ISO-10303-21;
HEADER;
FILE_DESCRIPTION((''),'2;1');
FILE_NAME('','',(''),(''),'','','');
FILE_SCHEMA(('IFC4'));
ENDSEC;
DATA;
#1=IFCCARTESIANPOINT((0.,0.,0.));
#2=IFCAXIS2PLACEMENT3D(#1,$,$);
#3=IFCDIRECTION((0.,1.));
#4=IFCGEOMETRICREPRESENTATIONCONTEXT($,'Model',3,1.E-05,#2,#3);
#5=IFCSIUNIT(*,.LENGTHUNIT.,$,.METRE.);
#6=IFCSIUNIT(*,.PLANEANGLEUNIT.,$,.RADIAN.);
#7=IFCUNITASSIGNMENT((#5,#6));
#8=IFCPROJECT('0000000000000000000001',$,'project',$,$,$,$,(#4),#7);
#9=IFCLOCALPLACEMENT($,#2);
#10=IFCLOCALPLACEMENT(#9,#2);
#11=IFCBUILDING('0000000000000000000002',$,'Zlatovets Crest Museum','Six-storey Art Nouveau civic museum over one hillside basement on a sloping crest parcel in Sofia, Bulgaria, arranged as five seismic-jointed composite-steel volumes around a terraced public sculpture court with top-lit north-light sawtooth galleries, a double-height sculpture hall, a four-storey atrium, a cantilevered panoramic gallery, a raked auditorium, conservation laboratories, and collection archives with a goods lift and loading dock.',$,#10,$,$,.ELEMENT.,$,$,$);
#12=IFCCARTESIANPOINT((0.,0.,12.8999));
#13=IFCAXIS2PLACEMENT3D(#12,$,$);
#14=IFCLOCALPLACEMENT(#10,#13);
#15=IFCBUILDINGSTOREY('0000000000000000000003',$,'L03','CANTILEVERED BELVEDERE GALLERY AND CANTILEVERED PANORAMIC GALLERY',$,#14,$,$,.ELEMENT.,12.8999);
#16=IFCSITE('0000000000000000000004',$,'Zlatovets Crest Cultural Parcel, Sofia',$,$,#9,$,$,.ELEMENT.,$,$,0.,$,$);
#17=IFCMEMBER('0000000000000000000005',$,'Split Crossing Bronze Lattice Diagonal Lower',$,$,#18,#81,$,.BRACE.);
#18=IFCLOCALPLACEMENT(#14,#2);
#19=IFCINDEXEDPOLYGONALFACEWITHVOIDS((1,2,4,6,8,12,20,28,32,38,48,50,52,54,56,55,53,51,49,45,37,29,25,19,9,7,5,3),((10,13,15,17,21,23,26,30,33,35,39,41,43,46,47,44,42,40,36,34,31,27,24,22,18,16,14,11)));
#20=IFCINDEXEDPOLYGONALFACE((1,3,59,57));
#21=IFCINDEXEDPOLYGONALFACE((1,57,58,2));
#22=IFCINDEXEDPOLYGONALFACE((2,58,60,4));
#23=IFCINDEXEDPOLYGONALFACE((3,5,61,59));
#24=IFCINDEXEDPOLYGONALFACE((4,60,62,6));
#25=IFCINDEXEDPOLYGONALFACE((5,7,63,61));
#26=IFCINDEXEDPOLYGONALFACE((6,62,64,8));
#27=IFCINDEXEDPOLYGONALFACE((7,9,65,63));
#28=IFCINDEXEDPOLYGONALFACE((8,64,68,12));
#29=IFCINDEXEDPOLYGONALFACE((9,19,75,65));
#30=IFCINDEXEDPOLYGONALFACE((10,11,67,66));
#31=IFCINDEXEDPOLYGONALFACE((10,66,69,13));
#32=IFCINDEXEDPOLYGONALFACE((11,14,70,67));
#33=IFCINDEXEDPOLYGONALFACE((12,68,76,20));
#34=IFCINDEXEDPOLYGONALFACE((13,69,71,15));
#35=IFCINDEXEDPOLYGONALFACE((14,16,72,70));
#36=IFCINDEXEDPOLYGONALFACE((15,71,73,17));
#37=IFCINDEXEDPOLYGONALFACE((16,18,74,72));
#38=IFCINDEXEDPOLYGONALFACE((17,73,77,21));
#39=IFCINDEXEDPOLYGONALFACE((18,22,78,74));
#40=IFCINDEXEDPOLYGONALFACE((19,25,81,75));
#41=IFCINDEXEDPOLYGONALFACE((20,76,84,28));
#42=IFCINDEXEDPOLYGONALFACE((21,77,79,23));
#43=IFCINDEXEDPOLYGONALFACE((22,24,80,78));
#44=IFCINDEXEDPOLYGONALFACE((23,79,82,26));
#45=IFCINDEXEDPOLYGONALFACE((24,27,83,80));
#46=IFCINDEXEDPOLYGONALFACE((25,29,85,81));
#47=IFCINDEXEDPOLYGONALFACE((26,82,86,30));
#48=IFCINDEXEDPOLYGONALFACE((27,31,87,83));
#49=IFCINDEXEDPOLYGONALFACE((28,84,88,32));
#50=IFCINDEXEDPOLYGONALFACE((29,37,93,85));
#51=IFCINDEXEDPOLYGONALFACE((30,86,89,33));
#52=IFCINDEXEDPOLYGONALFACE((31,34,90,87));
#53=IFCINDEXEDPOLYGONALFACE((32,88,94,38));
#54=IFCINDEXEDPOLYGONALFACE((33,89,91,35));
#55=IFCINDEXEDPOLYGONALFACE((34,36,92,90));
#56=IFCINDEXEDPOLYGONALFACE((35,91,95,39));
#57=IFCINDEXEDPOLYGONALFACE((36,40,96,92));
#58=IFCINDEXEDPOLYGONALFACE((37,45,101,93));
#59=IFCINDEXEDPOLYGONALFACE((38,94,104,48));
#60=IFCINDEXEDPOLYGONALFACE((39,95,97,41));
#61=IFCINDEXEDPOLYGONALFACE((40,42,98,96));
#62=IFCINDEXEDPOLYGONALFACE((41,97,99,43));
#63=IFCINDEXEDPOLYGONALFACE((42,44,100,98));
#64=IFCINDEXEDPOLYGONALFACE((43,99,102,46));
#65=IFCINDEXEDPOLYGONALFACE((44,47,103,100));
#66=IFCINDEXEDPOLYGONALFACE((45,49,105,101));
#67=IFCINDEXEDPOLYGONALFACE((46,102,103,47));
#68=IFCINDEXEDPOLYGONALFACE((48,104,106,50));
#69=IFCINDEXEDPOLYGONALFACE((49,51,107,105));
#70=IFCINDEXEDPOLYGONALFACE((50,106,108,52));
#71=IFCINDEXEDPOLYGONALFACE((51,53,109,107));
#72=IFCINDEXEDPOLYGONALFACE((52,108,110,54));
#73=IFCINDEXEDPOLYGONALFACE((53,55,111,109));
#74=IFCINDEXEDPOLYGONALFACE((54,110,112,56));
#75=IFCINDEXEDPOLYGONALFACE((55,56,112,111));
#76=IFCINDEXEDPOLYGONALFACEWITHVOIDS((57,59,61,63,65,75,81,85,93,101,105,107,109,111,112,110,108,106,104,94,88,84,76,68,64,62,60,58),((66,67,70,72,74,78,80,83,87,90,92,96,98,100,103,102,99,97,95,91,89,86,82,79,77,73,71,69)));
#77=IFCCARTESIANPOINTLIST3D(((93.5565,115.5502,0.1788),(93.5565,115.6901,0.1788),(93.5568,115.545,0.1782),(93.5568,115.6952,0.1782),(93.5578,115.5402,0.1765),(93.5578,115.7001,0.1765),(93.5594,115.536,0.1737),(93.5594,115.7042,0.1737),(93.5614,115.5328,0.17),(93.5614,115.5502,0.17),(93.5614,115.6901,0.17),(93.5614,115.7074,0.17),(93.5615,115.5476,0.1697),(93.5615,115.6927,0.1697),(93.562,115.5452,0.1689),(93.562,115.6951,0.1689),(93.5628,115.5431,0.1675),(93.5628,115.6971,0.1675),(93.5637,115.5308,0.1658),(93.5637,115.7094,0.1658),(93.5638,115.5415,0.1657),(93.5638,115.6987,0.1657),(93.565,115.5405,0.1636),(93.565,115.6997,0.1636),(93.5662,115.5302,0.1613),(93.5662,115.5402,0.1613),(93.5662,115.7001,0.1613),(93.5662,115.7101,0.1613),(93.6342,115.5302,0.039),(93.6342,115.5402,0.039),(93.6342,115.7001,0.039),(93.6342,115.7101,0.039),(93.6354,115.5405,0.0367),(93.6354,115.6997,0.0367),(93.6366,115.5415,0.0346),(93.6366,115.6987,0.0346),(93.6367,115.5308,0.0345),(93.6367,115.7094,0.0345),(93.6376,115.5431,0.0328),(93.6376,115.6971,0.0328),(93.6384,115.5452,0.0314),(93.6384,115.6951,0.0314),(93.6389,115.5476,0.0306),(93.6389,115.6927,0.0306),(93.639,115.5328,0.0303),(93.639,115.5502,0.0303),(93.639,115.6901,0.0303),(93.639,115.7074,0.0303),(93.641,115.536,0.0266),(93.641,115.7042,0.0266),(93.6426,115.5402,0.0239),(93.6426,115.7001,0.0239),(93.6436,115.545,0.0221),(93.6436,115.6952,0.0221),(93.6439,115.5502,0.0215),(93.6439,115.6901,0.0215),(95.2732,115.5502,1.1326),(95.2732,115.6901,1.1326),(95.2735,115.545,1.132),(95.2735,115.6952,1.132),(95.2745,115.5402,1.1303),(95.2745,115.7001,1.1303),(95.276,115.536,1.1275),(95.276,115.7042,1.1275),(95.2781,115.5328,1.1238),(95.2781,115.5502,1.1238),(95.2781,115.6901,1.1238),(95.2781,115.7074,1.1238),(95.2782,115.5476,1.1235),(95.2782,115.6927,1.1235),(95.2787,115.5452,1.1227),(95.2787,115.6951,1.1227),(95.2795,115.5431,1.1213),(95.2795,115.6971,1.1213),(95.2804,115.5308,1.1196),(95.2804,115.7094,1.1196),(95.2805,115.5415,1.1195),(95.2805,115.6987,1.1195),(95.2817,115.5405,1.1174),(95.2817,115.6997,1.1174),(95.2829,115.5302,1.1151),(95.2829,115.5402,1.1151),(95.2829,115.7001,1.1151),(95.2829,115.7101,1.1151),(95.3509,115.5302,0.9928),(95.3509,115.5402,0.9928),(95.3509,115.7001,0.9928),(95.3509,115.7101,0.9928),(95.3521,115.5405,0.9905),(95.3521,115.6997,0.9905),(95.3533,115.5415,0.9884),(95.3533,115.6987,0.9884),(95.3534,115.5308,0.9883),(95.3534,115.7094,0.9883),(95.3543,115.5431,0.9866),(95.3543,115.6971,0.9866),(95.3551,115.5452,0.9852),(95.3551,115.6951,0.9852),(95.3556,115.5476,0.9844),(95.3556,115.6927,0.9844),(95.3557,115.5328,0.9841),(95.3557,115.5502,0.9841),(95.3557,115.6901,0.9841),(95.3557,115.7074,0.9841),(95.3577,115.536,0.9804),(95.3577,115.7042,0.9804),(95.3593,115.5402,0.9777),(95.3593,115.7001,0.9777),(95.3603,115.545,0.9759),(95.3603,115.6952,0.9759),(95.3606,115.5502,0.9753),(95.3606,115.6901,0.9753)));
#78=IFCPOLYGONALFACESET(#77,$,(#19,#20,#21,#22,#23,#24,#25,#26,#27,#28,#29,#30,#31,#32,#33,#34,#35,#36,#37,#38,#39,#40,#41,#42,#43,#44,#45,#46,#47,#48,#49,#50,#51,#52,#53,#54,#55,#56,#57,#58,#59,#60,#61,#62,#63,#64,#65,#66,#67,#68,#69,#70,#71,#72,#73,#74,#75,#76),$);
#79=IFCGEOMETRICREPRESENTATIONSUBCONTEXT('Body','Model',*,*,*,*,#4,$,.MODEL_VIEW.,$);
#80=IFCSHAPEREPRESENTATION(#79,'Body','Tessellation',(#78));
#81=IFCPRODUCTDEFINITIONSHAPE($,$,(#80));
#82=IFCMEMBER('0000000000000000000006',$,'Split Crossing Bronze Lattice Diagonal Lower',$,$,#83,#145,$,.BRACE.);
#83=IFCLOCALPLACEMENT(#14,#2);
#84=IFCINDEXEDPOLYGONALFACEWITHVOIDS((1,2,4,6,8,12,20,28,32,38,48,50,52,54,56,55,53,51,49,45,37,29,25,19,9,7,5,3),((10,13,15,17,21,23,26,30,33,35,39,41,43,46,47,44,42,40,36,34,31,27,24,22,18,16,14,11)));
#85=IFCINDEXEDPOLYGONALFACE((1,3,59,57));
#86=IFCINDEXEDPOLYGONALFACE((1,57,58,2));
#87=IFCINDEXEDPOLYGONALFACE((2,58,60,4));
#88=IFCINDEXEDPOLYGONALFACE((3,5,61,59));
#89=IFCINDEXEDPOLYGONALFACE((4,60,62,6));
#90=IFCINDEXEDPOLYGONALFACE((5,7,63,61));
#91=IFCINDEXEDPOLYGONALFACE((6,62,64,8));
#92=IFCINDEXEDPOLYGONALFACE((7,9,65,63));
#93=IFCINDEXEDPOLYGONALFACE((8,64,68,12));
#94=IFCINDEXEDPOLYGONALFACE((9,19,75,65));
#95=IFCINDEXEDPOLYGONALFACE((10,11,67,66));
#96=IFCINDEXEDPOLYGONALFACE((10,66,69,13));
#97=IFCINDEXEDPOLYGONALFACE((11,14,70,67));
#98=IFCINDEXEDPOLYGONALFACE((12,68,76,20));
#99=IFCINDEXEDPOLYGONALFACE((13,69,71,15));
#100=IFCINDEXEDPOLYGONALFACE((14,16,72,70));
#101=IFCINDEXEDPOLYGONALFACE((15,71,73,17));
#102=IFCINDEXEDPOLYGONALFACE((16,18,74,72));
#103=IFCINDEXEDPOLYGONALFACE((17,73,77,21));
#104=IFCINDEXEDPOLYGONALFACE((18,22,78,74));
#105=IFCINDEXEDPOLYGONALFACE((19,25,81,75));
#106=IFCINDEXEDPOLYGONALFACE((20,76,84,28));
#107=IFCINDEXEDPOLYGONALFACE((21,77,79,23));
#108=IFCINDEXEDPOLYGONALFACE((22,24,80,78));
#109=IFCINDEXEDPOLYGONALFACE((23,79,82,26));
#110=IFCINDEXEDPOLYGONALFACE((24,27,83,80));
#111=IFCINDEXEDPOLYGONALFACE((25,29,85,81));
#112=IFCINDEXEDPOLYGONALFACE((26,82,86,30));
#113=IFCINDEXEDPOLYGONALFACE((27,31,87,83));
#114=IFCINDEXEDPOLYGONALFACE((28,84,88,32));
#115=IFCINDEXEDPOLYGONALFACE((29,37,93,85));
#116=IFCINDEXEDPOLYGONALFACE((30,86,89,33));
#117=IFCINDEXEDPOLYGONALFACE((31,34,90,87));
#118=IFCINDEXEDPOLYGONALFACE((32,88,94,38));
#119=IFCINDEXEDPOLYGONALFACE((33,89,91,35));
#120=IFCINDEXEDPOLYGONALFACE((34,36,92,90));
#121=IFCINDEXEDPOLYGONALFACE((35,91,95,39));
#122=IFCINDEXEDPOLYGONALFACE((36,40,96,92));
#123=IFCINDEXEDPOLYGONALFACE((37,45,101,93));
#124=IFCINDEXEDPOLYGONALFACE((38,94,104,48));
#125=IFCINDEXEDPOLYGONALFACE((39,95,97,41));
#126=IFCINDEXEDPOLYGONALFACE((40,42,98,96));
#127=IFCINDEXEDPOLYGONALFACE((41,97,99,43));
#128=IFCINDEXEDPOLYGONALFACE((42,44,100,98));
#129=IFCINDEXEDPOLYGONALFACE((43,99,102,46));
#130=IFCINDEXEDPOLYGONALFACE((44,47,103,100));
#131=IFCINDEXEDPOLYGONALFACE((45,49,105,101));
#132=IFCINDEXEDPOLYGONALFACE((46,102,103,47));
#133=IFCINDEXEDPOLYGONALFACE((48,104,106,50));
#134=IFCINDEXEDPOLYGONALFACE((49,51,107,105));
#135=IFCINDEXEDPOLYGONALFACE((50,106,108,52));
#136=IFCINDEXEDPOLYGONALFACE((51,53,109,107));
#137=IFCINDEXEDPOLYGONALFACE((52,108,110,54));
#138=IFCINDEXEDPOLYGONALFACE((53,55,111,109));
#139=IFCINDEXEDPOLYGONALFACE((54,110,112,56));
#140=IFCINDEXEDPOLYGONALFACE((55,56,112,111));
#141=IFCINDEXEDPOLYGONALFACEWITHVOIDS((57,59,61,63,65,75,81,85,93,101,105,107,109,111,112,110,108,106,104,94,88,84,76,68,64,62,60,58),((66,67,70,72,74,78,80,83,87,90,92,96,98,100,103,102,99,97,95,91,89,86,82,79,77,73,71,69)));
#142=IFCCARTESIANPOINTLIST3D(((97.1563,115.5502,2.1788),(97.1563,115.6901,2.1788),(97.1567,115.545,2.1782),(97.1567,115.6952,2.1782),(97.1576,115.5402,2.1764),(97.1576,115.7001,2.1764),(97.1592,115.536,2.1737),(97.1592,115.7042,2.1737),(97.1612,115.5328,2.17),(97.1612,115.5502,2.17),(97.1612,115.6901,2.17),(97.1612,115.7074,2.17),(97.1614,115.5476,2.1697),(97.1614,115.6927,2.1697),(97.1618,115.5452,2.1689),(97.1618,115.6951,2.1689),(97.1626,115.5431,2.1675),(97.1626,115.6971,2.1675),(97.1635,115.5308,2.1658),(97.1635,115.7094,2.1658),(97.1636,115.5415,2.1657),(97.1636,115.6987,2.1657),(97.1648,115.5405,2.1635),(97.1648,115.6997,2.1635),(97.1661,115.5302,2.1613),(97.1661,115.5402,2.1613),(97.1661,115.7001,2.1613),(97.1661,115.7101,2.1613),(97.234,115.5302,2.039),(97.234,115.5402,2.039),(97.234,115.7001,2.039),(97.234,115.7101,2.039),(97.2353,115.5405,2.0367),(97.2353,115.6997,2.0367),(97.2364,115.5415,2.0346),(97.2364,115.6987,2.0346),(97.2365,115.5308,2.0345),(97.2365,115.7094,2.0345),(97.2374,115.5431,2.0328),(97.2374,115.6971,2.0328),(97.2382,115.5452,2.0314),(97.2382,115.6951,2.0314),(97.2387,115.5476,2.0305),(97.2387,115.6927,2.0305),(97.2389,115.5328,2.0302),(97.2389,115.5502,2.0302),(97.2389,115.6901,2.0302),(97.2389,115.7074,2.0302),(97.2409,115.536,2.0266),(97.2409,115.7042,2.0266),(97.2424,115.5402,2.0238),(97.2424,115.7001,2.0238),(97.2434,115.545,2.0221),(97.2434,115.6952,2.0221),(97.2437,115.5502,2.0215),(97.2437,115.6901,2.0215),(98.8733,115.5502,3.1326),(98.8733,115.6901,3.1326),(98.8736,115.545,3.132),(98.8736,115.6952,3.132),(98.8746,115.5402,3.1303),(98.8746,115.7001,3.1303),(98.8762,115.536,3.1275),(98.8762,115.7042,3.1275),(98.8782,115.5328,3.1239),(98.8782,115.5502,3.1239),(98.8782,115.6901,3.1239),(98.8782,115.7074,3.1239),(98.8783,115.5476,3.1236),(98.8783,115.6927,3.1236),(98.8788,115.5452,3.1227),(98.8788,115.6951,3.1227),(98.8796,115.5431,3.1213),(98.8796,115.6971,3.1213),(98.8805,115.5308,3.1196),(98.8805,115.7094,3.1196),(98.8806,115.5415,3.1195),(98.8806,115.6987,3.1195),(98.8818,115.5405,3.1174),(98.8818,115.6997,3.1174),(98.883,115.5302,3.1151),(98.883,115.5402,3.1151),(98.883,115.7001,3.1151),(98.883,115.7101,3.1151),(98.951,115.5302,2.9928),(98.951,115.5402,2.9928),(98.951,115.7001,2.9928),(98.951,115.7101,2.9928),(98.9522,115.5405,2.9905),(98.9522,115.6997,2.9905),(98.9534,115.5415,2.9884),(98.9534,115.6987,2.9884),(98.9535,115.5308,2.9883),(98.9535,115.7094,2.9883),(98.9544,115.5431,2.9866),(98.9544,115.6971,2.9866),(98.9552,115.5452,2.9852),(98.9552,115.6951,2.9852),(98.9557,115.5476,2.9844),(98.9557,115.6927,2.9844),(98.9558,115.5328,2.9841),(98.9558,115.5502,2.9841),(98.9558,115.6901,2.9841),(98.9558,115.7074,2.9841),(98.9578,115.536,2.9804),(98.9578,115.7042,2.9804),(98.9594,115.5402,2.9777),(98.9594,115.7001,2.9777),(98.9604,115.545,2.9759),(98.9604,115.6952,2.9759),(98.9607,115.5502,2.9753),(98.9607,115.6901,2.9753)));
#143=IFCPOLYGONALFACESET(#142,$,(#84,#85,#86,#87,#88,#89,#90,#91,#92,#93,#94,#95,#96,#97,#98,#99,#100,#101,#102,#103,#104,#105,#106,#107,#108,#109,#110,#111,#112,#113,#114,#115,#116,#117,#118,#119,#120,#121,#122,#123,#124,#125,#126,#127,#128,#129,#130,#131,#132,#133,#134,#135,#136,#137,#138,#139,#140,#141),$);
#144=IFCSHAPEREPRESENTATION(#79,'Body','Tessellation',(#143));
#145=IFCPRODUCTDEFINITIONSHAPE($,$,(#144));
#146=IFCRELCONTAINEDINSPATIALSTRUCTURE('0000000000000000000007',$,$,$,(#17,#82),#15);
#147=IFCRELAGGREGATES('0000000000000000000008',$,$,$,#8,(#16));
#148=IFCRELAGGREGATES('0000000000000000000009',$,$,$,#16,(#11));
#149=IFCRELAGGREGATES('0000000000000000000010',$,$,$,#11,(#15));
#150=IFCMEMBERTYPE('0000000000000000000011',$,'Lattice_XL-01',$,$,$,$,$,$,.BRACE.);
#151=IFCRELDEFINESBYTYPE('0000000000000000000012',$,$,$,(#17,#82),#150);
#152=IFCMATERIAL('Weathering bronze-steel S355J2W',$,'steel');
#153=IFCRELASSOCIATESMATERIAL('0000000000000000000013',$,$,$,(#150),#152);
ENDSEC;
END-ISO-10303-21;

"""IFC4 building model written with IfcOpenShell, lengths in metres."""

from ifc_helpers import new_model, si_unit, direction, frame, origin, origin_2d, place, context, subcontext, project, spatial, hollow_rectangle, extrude, material, material_profile, profile_set, type_object, element, save


model = new_model("IFC4")

# Units and contexts
model_context = context("Model", 3, precision=1e-05, world=origin(), true_north=direction((0.0, 1.0)))
body_context = subcontext(model_context, "Body", "Model", "MODEL_VIEW")
ifc_project = project(units=[si_unit("LENGTHUNIT", "METRE"), si_unit("PLANEANGLEUNIT", "RADIAN")], contexts=[model_context])

# Site, building, storey
site_placement = place(None, origin())
site = spatial("IfcSite", under=ifc_project, at=site_placement, Name="Zlatovets Crest Cultural Parcel, Sofia", CompositionType="ELEMENT", RefElevation=0.0)
building_placement = place(site_placement, origin())
building = spatial("IfcBuilding", under=site, at=building_placement, Name="Zlatovets Crest Museum", Description="Six-storey Art Nouveau civic museum over one hillside basement on a sloping crest parcel in Sofia, Bulgaria, arranged as five seismic-jointed composite-steel volumes around a terraced public sculpture court with top-lit north-light sawtooth galleries, a double-height sculpture hall, a four-storey atrium, a cantilevered panoramic gallery, a raked auditorium, conservation laboratories, and collection archives with a goods lift and loading dock.", CompositionType="ELEMENT")
storey_placement = place(building_placement, frame((0.0, 0.0, 12.8999)))
storey = spatial("IfcBuildingStorey", under=building, at=storey_placement, Name="L03", Description="CANTILEVERED BELVEDERE GALLERY AND CANTILEVERED PANORAMIC GALLERY", CompositionType="ELEMENT", Elevation=12.8999)

# Members
ifc_material_1 = material(Name="Weathering bronze-steel S355J2W", Category="steel")
ifc_material_profile_1 = material_profile(ifc_material_1, hollow_rectangle(XDim=0.1799, YDim=0.1799, WallThickness=0.01, InnerFilletRadius=0.01, OuterFilletRadius=0.02, at=origin_2d()), Name="SHS 180x180x10.0")
ifc_profile_set_1 = profile_set([ifc_material_profile_1], Name="Weathering bronze-steel S355J2W")
member_type_1 = type_object("IfcMemberType", Name="Lattice_XL-01", PredefinedType="BRACE", material=ifc_profile_set_1)
member_1_placement = place(storey_placement, frame((95.3169, 115.6201, 1.054), z_axis=(-0.87414, 0.0, -0.485675), x_axis=(0.0, -1.0, 0.0)))
element("IfcMember", 1, at=member_1_placement, inside=storey, type_object=member_type_1, Name="Split Crossing Bronze Lattice Diagonal Lower", PredefinedType="BRACE", context=body_context, shape_type="SweptSolid", body=[
    extrude(hollow_rectangle(XDim=0.1799, YDim=0.1799, WallThickness=0.01, InnerFilletRadius=0.01, OuterFilletRadius=0.02, at=origin_2d()), origin(), (0.0, 0.0, 1.0), 1.9639),
])
member_2_placement = place(storey_placement, frame((98.917, 115.6201, 3.054), z_axis=(-0.874169, 0.0, -0.485622), x_axis=(0.0, -1.0, 0.0)))
element("IfcMember", 2, at=member_2_placement, inside=storey, type_object=member_type_1, Name="Split Crossing Bronze Lattice Diagonal Lower", PredefinedType="BRACE", context=body_context, shape_type="SweptSolid", body=[
    extrude(hollow_rectangle(XDim=0.1799, YDim=0.1799, WallThickness=0.01, InnerFilletRadius=0.01, OuterFilletRadius=0.02, at=origin_2d()), origin(), (0.0, 0.0, 1.0), 1.9641),
])

save(model, "model.ifc")
